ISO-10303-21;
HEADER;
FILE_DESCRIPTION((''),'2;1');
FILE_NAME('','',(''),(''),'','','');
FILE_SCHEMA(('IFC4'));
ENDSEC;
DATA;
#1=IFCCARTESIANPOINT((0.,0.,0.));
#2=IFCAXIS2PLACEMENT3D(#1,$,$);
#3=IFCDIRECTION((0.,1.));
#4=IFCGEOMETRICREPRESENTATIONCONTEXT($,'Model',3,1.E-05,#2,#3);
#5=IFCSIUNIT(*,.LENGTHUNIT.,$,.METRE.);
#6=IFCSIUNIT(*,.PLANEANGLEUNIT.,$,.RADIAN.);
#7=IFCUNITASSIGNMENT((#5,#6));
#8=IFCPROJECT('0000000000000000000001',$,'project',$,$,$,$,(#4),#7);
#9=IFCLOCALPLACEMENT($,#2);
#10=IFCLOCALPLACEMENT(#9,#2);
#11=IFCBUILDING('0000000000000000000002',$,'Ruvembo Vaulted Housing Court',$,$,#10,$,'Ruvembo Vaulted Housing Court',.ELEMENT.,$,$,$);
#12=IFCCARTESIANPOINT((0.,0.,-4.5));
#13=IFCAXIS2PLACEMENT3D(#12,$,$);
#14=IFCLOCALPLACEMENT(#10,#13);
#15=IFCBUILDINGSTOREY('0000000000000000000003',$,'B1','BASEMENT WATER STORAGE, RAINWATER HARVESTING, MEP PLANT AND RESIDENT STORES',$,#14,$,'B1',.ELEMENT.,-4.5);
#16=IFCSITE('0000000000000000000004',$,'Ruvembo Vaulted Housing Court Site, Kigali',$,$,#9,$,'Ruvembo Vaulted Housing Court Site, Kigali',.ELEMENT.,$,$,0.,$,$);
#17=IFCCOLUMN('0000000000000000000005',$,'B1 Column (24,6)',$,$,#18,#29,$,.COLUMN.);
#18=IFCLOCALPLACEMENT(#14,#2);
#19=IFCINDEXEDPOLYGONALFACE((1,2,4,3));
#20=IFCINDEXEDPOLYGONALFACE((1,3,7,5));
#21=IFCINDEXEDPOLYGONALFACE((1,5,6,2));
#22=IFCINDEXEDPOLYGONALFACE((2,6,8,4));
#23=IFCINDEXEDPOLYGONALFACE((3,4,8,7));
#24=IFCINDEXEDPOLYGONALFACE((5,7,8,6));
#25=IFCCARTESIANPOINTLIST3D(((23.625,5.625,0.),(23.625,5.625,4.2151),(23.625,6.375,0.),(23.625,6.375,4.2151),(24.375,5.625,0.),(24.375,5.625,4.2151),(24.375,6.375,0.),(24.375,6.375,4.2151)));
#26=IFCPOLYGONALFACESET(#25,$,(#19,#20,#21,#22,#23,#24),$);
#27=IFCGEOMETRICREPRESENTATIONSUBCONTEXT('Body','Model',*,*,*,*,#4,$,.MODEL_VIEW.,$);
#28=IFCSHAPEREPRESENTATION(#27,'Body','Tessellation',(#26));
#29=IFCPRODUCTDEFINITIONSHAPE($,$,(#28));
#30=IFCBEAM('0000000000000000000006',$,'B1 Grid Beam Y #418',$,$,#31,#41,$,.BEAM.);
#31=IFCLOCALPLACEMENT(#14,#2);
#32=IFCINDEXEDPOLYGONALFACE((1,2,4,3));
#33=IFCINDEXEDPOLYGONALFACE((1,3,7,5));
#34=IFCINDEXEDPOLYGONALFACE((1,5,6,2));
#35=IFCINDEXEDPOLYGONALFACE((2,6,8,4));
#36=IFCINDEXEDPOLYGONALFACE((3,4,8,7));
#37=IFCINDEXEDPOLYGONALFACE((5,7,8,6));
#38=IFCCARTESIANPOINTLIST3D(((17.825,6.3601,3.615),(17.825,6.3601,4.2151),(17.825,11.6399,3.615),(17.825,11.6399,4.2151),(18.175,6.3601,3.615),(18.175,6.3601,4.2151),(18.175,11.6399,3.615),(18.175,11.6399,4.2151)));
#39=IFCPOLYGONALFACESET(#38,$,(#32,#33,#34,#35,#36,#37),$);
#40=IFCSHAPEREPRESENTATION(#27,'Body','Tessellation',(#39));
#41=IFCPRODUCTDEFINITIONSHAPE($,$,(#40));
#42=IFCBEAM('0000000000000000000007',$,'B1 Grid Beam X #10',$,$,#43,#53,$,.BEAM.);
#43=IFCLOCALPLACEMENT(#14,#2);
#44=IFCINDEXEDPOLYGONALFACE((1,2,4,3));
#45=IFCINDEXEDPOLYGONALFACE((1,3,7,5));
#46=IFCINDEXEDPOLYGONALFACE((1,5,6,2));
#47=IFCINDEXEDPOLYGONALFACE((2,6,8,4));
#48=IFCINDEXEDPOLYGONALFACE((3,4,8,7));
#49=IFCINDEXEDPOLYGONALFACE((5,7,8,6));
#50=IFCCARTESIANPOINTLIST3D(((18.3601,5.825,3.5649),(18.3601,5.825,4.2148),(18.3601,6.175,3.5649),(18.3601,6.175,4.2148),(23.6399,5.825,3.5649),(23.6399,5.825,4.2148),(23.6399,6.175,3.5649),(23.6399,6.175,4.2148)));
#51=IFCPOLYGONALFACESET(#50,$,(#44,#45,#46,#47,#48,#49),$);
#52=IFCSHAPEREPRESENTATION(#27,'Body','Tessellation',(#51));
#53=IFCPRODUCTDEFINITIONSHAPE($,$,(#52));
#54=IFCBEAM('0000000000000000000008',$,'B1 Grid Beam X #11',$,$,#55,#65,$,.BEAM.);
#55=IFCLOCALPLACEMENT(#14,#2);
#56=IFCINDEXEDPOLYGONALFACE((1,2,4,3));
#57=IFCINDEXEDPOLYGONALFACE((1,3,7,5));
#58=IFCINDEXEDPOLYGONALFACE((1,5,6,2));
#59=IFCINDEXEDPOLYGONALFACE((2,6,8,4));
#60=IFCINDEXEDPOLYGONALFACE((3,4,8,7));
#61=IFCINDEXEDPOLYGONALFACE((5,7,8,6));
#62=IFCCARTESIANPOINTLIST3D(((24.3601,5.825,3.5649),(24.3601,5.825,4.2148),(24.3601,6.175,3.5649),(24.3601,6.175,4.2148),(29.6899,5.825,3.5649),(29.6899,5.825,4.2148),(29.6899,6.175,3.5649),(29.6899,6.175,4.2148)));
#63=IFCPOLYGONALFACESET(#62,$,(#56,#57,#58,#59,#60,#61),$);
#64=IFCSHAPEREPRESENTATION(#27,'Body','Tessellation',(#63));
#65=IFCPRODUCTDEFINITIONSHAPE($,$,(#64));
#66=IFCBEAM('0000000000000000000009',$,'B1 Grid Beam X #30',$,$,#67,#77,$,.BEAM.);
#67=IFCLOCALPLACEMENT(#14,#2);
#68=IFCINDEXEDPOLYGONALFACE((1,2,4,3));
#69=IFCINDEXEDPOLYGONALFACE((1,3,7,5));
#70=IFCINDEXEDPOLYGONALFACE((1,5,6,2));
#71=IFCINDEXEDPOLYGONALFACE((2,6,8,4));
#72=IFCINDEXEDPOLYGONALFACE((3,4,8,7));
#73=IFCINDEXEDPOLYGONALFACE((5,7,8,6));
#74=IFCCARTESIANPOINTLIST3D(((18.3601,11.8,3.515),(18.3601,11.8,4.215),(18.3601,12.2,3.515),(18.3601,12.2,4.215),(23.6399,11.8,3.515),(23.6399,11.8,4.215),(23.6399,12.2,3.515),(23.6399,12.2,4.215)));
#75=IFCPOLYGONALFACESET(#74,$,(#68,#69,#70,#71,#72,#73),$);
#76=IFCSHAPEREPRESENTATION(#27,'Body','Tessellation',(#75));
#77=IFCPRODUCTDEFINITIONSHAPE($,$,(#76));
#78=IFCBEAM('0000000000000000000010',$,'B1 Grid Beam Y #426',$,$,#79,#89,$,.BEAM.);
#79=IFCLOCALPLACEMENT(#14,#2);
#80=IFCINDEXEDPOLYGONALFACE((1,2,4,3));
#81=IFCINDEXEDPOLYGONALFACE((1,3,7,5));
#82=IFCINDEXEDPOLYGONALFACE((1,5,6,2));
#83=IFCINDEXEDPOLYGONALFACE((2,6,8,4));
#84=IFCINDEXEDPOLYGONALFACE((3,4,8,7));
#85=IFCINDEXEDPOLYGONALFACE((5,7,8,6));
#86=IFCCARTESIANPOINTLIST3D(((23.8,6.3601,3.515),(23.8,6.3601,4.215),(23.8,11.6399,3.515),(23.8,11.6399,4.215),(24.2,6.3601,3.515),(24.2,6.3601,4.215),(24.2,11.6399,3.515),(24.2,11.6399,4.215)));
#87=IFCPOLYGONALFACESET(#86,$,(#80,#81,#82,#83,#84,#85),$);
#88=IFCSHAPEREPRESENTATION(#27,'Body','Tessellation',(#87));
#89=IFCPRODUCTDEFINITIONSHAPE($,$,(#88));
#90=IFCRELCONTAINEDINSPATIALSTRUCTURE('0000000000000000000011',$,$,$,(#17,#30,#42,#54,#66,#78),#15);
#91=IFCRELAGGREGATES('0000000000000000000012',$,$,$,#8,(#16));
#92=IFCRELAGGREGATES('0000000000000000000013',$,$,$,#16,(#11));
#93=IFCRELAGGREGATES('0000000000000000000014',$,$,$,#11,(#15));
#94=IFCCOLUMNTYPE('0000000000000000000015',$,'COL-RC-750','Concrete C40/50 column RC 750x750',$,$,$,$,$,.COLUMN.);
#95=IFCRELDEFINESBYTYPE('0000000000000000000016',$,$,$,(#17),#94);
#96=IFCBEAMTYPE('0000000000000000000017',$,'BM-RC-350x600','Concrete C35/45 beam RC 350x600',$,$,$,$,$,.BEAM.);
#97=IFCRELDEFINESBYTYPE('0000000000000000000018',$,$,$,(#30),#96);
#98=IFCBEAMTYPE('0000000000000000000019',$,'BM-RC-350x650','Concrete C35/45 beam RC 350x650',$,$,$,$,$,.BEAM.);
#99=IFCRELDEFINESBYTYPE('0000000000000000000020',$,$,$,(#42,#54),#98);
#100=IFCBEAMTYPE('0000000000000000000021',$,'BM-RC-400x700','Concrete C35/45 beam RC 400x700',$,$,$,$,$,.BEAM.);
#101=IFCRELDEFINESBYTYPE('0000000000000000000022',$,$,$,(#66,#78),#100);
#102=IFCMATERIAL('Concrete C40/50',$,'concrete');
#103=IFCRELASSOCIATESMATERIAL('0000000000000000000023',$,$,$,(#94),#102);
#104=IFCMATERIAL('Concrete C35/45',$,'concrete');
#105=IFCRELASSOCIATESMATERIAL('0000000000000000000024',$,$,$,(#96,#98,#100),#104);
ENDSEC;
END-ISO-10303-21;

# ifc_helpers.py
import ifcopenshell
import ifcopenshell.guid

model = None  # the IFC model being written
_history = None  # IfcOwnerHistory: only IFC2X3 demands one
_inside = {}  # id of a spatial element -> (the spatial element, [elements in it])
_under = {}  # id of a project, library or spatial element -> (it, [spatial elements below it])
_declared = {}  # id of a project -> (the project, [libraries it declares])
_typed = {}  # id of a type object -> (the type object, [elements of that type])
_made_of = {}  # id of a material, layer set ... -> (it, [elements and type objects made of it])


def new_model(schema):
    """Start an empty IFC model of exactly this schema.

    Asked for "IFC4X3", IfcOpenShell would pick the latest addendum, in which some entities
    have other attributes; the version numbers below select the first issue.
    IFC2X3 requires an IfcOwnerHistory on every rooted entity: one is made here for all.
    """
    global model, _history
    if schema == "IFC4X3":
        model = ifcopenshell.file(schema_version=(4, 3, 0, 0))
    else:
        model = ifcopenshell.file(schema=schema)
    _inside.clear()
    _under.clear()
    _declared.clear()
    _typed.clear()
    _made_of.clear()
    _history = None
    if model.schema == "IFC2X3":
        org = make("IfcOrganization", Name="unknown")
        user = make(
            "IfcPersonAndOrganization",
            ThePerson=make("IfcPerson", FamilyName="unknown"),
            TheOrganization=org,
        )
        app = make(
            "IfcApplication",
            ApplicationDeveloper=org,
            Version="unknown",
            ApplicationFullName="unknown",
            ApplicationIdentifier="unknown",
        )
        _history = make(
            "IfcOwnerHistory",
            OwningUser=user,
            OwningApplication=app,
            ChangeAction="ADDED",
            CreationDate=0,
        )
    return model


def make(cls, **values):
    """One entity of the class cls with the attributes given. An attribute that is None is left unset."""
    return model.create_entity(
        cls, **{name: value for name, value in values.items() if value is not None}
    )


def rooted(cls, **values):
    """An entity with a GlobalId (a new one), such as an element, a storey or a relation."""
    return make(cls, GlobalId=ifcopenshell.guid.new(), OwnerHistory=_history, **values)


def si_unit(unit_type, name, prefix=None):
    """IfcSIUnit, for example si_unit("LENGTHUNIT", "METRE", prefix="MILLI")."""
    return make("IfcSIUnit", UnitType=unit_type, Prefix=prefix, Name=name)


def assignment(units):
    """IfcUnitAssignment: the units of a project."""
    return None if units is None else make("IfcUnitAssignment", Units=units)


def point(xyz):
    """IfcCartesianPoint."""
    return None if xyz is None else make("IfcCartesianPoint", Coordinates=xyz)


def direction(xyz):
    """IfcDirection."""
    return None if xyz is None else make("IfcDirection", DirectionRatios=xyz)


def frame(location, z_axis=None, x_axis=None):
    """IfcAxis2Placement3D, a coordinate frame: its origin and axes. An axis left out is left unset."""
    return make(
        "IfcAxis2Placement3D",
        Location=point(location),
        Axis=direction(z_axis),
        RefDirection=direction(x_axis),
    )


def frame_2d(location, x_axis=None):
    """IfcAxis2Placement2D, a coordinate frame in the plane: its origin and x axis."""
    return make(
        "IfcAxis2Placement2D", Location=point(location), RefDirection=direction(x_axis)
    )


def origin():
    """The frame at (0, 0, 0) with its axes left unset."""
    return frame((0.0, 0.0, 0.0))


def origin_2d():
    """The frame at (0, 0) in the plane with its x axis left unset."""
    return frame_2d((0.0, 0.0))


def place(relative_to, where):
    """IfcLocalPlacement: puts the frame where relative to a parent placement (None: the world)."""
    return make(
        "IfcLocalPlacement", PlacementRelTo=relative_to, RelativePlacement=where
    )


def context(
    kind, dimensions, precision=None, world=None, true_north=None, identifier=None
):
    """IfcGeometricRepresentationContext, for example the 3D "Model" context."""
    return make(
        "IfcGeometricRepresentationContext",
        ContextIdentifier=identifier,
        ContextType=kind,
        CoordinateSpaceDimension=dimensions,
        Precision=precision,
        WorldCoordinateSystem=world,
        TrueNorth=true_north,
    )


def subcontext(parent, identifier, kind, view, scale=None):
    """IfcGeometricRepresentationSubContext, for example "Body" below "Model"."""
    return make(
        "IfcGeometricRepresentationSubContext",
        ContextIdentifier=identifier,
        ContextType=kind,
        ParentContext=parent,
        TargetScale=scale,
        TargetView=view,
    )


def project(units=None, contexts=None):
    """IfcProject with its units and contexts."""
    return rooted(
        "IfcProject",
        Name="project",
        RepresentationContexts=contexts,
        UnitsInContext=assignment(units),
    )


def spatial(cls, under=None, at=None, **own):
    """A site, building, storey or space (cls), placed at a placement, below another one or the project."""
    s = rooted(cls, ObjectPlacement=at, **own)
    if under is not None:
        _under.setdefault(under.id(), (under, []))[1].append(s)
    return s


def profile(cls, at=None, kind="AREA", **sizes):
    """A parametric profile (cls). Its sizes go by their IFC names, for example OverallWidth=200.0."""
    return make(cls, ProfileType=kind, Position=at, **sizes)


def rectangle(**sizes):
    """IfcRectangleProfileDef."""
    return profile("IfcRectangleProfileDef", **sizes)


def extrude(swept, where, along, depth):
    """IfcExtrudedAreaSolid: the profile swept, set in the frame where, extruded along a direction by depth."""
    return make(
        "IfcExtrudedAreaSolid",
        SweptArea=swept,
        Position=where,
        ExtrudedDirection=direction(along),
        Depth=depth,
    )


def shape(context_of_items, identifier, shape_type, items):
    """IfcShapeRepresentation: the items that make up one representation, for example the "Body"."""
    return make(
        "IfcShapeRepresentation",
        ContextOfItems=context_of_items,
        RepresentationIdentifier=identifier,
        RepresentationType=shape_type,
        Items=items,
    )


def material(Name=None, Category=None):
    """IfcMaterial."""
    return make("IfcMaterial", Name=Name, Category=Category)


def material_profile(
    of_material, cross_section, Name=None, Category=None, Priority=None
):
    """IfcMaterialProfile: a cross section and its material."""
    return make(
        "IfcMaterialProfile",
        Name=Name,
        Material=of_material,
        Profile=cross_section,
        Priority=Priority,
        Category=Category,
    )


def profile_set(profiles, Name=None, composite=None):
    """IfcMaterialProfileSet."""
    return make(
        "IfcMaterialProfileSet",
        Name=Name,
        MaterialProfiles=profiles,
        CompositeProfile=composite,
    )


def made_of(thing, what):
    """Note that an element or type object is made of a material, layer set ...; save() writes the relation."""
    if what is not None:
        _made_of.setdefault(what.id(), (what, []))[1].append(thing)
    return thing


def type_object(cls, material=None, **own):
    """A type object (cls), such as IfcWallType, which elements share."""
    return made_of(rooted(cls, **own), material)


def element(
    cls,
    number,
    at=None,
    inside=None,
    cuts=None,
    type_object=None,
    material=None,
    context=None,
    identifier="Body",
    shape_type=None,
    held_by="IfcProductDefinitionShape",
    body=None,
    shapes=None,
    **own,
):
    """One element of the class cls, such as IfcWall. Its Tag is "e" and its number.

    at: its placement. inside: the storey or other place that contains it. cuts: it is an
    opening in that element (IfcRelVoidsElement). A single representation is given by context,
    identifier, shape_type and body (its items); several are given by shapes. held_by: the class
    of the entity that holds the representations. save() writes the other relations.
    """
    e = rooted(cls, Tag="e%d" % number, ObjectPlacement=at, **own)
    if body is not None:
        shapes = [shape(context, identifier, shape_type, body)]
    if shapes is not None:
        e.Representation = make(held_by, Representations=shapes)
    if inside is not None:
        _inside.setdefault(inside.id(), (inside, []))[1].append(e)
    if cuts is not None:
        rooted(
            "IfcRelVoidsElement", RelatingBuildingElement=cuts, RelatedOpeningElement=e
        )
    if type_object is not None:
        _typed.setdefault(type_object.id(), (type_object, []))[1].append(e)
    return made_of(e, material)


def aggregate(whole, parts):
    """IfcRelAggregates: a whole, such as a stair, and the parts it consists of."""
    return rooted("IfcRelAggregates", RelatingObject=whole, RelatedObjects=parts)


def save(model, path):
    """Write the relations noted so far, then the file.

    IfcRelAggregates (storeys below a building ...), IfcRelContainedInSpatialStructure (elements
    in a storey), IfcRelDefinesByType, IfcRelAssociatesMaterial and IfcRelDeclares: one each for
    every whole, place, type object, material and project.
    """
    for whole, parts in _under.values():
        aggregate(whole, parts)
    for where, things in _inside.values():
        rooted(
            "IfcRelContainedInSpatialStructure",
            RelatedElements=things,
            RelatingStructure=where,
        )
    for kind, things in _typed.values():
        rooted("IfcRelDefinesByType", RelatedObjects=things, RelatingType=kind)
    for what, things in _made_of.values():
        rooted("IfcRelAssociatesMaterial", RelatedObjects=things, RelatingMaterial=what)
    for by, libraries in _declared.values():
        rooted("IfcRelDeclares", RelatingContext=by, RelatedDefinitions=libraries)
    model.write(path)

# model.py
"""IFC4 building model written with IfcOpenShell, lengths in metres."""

from ifc_helpers import new_model, si_unit, direction, frame, origin, origin_2d, place, context, subcontext, project, spatial, rectangle, extrude, material, material_profile, profile_set, type_object, element, save


model = new_model("IFC4")

# Units and contexts
model_context = context("Model", 3, precision=1e-05, world=origin(), true_north=direction((0.0, 1.0)))
body_context = subcontext(model_context, "Body", "Model", "MODEL_VIEW")
ifc_project = project(units=[si_unit("LENGTHUNIT", "METRE"), si_unit("PLANEANGLEUNIT", "RADIAN")], contexts=[model_context])

# Site, building, storey
site_placement = place(None, origin())
site = spatial("IfcSite", under=ifc_project, at=site_placement, Name="Ruvembo Vaulted Housing Court Site, Kigali", LongName="Ruvembo Vaulted Housing Court Site, Kigali", CompositionType="ELEMENT", RefElevation=0.0)
building_placement = place(site_placement, origin())
building = spatial("IfcBuilding", under=site, at=building_placement, Name="Ruvembo Vaulted Housing Court", LongName="Ruvembo Vaulted Housing Court", CompositionType="ELEMENT")
storey_placement = place(building_placement, frame((0.0, 0.0, -4.5)))
storey = spatial("IfcBuildingStorey", under=building, at=storey_placement, Name="B1", Description="BASEMENT WATER STORAGE, RAINWATER HARVESTING, MEP PLANT AND RESIDENT STORES", LongName="B1", CompositionType="ELEMENT", Elevation=-4.5)

# Shared definitions
ifc_material_1 = material(Name="Concrete C35/45", Category="concrete")

# Column
ifc_material_2 = material(Name="Concrete C40/50", Category="concrete")
ifc_material_profile_1 = material_profile(ifc_material_2, rectangle(XDim=0.75, YDim=0.75, at=origin_2d()), Name="RC 750x750")
ifc_profile_set_1 = profile_set([ifc_material_profile_1], Name="Concrete C40/50")
column_type = type_object("IfcColumnType", Name="COL-RC-750", Description="Concrete C40/50 column RC 750x750", PredefinedType="COLUMN", material=ifc_profile_set_1)
for number, where, z_axis, x_axis, name in (
    (1, (24.0, 6.0, 0.0), (0.0, 0.0, 1.0), (1.0, 0.0, 0.0), "B1 Column (24,6)"),
):
    element("IfcColumn", number, at=place(storey_placement, frame(where, z_axis=z_axis, x_axis=x_axis)), inside=storey, type_object=column_type, Name=name, PredefinedType="COLUMN", context=body_context, shape_type="SweptSolid", body=[
        extrude(rectangle(XDim=0.75, YDim=0.75, at=origin_2d()), origin(), (0.0, 0.0, 1.0), 4.2151),
    ])

# Beams
ifc_material_profile_2 = material_profile(ifc_material_1, rectangle(XDim=0.3501, YDim=0.6001, at=origin_2d()), Name="RC 350x600")
ifc_profile_set_2 = profile_set([ifc_material_profile_2], Name="Concrete C35/45")
beam_type_1 = type_object("IfcBeamType", Name="BM-RC-350x600", Description="Concrete C35/45 beam RC 350x600", PredefinedType="BEAM", material=ifc_profile_set_2)
beam_1_placement = place(storey_placement, frame((18.0, 6.3601, 3.915), z_axis=(0.0, 1.0, 0.0), x_axis=(-1.0, 0.0, 0.0)))
element("IfcBeam", 2, at=beam_1_placement, inside=storey, type_object=beam_type_1, Name="B1 Grid Beam Y #418", PredefinedType="BEAM", context=body_context, shape_type="SweptSolid", body=[
    extrude(rectangle(XDim=0.3501, YDim=0.6001, at=origin_2d()), origin(), (0.0, 0.0, 1.0), 5.2798),
])
ifc_material_profile_3 = material_profile(ifc_material_1, rectangle(XDim=0.3501, YDim=0.6499, at=origin_2d()), Name="RC 350x650")
ifc_profile_set_3 = profile_set([ifc_material_profile_3], Name="Concrete C35/45")
beam_type_2 = type_object("IfcBeamType", Name="BM-RC-350x650", Description="Concrete C35/45 beam RC 350x650", PredefinedType="BEAM", material=ifc_profile_set_3)
beam_2_placement = place(storey_placement, frame((18.3601, 6.0, 3.8899), z_axis=(1.0, 0.0, 0.0), x_axis=(0.0, 1.0, 0.0)))
element("IfcBeam", 3, at=beam_2_placement, inside=storey, type_object=beam_type_2, Name="B1 Grid Beam X #10", PredefinedType="BEAM", context=body_context, shape_type="SweptSolid", body=[
    extrude(rectangle(XDim=0.3501, YDim=0.6499, at=origin_2d()), origin(), (0.0, 0.0, 1.0), 5.2798),
])
beam_3_placement = place(storey_placement, frame((24.3601, 6.0, 3.8899), z_axis=(1.0, 0.0, 0.0), x_axis=(0.0, 1.0, 0.0)))
element("IfcBeam", 4, at=beam_3_placement, inside=storey, type_object=beam_type_2, Name="B1 Grid Beam X #11", PredefinedType="BEAM", context=body_context, shape_type="SweptSolid", body=[
    extrude(rectangle(XDim=0.3501, YDim=0.6499, at=origin_2d()), origin(), (0.0, 0.0, 1.0), 5.3298),
])
ifc_material_profile_4 = material_profile(ifc_material_1, rectangle(XDim=0.3999, YDim=0.7, at=origin_2d()), Name="RC 400x700")
ifc_profile_set_4 = profile_set([ifc_material_profile_4], Name="Concrete C35/45")
beam_type_3 = type_object("IfcBeamType", Name="BM-RC-400x700", Description="Concrete C35/45 beam RC 400x700", PredefinedType="BEAM", material=ifc_profile_set_4)
for number, where, z_axis, x_axis, name in (
    (5, (18.3601, 12.0, 3.865), (1.0, 0.0, 0.0), (0.0, 1.0, 0.0), "B1 Grid Beam X #30"),
    (6, (24.0, 6.3601, 3.865), (0.0, 1.0, 0.0), (-1.0, 0.0, 0.0), "B1 Grid Beam Y #426"),
):
    element("IfcBeam", number, at=place(storey_placement, frame(where, z_axis=z_axis, x_axis=x_axis)), inside=storey, type_object=beam_type_3, Name=name, PredefinedType="BEAM", context=body_context, shape_type="SweptSolid", body=[
        extrude(rectangle(XDim=0.3999, YDim=0.7, at=origin_2d()), origin(), (0.0, 0.0, 1.0), 5.2798),
    ])

save(model, "model.ifc")
